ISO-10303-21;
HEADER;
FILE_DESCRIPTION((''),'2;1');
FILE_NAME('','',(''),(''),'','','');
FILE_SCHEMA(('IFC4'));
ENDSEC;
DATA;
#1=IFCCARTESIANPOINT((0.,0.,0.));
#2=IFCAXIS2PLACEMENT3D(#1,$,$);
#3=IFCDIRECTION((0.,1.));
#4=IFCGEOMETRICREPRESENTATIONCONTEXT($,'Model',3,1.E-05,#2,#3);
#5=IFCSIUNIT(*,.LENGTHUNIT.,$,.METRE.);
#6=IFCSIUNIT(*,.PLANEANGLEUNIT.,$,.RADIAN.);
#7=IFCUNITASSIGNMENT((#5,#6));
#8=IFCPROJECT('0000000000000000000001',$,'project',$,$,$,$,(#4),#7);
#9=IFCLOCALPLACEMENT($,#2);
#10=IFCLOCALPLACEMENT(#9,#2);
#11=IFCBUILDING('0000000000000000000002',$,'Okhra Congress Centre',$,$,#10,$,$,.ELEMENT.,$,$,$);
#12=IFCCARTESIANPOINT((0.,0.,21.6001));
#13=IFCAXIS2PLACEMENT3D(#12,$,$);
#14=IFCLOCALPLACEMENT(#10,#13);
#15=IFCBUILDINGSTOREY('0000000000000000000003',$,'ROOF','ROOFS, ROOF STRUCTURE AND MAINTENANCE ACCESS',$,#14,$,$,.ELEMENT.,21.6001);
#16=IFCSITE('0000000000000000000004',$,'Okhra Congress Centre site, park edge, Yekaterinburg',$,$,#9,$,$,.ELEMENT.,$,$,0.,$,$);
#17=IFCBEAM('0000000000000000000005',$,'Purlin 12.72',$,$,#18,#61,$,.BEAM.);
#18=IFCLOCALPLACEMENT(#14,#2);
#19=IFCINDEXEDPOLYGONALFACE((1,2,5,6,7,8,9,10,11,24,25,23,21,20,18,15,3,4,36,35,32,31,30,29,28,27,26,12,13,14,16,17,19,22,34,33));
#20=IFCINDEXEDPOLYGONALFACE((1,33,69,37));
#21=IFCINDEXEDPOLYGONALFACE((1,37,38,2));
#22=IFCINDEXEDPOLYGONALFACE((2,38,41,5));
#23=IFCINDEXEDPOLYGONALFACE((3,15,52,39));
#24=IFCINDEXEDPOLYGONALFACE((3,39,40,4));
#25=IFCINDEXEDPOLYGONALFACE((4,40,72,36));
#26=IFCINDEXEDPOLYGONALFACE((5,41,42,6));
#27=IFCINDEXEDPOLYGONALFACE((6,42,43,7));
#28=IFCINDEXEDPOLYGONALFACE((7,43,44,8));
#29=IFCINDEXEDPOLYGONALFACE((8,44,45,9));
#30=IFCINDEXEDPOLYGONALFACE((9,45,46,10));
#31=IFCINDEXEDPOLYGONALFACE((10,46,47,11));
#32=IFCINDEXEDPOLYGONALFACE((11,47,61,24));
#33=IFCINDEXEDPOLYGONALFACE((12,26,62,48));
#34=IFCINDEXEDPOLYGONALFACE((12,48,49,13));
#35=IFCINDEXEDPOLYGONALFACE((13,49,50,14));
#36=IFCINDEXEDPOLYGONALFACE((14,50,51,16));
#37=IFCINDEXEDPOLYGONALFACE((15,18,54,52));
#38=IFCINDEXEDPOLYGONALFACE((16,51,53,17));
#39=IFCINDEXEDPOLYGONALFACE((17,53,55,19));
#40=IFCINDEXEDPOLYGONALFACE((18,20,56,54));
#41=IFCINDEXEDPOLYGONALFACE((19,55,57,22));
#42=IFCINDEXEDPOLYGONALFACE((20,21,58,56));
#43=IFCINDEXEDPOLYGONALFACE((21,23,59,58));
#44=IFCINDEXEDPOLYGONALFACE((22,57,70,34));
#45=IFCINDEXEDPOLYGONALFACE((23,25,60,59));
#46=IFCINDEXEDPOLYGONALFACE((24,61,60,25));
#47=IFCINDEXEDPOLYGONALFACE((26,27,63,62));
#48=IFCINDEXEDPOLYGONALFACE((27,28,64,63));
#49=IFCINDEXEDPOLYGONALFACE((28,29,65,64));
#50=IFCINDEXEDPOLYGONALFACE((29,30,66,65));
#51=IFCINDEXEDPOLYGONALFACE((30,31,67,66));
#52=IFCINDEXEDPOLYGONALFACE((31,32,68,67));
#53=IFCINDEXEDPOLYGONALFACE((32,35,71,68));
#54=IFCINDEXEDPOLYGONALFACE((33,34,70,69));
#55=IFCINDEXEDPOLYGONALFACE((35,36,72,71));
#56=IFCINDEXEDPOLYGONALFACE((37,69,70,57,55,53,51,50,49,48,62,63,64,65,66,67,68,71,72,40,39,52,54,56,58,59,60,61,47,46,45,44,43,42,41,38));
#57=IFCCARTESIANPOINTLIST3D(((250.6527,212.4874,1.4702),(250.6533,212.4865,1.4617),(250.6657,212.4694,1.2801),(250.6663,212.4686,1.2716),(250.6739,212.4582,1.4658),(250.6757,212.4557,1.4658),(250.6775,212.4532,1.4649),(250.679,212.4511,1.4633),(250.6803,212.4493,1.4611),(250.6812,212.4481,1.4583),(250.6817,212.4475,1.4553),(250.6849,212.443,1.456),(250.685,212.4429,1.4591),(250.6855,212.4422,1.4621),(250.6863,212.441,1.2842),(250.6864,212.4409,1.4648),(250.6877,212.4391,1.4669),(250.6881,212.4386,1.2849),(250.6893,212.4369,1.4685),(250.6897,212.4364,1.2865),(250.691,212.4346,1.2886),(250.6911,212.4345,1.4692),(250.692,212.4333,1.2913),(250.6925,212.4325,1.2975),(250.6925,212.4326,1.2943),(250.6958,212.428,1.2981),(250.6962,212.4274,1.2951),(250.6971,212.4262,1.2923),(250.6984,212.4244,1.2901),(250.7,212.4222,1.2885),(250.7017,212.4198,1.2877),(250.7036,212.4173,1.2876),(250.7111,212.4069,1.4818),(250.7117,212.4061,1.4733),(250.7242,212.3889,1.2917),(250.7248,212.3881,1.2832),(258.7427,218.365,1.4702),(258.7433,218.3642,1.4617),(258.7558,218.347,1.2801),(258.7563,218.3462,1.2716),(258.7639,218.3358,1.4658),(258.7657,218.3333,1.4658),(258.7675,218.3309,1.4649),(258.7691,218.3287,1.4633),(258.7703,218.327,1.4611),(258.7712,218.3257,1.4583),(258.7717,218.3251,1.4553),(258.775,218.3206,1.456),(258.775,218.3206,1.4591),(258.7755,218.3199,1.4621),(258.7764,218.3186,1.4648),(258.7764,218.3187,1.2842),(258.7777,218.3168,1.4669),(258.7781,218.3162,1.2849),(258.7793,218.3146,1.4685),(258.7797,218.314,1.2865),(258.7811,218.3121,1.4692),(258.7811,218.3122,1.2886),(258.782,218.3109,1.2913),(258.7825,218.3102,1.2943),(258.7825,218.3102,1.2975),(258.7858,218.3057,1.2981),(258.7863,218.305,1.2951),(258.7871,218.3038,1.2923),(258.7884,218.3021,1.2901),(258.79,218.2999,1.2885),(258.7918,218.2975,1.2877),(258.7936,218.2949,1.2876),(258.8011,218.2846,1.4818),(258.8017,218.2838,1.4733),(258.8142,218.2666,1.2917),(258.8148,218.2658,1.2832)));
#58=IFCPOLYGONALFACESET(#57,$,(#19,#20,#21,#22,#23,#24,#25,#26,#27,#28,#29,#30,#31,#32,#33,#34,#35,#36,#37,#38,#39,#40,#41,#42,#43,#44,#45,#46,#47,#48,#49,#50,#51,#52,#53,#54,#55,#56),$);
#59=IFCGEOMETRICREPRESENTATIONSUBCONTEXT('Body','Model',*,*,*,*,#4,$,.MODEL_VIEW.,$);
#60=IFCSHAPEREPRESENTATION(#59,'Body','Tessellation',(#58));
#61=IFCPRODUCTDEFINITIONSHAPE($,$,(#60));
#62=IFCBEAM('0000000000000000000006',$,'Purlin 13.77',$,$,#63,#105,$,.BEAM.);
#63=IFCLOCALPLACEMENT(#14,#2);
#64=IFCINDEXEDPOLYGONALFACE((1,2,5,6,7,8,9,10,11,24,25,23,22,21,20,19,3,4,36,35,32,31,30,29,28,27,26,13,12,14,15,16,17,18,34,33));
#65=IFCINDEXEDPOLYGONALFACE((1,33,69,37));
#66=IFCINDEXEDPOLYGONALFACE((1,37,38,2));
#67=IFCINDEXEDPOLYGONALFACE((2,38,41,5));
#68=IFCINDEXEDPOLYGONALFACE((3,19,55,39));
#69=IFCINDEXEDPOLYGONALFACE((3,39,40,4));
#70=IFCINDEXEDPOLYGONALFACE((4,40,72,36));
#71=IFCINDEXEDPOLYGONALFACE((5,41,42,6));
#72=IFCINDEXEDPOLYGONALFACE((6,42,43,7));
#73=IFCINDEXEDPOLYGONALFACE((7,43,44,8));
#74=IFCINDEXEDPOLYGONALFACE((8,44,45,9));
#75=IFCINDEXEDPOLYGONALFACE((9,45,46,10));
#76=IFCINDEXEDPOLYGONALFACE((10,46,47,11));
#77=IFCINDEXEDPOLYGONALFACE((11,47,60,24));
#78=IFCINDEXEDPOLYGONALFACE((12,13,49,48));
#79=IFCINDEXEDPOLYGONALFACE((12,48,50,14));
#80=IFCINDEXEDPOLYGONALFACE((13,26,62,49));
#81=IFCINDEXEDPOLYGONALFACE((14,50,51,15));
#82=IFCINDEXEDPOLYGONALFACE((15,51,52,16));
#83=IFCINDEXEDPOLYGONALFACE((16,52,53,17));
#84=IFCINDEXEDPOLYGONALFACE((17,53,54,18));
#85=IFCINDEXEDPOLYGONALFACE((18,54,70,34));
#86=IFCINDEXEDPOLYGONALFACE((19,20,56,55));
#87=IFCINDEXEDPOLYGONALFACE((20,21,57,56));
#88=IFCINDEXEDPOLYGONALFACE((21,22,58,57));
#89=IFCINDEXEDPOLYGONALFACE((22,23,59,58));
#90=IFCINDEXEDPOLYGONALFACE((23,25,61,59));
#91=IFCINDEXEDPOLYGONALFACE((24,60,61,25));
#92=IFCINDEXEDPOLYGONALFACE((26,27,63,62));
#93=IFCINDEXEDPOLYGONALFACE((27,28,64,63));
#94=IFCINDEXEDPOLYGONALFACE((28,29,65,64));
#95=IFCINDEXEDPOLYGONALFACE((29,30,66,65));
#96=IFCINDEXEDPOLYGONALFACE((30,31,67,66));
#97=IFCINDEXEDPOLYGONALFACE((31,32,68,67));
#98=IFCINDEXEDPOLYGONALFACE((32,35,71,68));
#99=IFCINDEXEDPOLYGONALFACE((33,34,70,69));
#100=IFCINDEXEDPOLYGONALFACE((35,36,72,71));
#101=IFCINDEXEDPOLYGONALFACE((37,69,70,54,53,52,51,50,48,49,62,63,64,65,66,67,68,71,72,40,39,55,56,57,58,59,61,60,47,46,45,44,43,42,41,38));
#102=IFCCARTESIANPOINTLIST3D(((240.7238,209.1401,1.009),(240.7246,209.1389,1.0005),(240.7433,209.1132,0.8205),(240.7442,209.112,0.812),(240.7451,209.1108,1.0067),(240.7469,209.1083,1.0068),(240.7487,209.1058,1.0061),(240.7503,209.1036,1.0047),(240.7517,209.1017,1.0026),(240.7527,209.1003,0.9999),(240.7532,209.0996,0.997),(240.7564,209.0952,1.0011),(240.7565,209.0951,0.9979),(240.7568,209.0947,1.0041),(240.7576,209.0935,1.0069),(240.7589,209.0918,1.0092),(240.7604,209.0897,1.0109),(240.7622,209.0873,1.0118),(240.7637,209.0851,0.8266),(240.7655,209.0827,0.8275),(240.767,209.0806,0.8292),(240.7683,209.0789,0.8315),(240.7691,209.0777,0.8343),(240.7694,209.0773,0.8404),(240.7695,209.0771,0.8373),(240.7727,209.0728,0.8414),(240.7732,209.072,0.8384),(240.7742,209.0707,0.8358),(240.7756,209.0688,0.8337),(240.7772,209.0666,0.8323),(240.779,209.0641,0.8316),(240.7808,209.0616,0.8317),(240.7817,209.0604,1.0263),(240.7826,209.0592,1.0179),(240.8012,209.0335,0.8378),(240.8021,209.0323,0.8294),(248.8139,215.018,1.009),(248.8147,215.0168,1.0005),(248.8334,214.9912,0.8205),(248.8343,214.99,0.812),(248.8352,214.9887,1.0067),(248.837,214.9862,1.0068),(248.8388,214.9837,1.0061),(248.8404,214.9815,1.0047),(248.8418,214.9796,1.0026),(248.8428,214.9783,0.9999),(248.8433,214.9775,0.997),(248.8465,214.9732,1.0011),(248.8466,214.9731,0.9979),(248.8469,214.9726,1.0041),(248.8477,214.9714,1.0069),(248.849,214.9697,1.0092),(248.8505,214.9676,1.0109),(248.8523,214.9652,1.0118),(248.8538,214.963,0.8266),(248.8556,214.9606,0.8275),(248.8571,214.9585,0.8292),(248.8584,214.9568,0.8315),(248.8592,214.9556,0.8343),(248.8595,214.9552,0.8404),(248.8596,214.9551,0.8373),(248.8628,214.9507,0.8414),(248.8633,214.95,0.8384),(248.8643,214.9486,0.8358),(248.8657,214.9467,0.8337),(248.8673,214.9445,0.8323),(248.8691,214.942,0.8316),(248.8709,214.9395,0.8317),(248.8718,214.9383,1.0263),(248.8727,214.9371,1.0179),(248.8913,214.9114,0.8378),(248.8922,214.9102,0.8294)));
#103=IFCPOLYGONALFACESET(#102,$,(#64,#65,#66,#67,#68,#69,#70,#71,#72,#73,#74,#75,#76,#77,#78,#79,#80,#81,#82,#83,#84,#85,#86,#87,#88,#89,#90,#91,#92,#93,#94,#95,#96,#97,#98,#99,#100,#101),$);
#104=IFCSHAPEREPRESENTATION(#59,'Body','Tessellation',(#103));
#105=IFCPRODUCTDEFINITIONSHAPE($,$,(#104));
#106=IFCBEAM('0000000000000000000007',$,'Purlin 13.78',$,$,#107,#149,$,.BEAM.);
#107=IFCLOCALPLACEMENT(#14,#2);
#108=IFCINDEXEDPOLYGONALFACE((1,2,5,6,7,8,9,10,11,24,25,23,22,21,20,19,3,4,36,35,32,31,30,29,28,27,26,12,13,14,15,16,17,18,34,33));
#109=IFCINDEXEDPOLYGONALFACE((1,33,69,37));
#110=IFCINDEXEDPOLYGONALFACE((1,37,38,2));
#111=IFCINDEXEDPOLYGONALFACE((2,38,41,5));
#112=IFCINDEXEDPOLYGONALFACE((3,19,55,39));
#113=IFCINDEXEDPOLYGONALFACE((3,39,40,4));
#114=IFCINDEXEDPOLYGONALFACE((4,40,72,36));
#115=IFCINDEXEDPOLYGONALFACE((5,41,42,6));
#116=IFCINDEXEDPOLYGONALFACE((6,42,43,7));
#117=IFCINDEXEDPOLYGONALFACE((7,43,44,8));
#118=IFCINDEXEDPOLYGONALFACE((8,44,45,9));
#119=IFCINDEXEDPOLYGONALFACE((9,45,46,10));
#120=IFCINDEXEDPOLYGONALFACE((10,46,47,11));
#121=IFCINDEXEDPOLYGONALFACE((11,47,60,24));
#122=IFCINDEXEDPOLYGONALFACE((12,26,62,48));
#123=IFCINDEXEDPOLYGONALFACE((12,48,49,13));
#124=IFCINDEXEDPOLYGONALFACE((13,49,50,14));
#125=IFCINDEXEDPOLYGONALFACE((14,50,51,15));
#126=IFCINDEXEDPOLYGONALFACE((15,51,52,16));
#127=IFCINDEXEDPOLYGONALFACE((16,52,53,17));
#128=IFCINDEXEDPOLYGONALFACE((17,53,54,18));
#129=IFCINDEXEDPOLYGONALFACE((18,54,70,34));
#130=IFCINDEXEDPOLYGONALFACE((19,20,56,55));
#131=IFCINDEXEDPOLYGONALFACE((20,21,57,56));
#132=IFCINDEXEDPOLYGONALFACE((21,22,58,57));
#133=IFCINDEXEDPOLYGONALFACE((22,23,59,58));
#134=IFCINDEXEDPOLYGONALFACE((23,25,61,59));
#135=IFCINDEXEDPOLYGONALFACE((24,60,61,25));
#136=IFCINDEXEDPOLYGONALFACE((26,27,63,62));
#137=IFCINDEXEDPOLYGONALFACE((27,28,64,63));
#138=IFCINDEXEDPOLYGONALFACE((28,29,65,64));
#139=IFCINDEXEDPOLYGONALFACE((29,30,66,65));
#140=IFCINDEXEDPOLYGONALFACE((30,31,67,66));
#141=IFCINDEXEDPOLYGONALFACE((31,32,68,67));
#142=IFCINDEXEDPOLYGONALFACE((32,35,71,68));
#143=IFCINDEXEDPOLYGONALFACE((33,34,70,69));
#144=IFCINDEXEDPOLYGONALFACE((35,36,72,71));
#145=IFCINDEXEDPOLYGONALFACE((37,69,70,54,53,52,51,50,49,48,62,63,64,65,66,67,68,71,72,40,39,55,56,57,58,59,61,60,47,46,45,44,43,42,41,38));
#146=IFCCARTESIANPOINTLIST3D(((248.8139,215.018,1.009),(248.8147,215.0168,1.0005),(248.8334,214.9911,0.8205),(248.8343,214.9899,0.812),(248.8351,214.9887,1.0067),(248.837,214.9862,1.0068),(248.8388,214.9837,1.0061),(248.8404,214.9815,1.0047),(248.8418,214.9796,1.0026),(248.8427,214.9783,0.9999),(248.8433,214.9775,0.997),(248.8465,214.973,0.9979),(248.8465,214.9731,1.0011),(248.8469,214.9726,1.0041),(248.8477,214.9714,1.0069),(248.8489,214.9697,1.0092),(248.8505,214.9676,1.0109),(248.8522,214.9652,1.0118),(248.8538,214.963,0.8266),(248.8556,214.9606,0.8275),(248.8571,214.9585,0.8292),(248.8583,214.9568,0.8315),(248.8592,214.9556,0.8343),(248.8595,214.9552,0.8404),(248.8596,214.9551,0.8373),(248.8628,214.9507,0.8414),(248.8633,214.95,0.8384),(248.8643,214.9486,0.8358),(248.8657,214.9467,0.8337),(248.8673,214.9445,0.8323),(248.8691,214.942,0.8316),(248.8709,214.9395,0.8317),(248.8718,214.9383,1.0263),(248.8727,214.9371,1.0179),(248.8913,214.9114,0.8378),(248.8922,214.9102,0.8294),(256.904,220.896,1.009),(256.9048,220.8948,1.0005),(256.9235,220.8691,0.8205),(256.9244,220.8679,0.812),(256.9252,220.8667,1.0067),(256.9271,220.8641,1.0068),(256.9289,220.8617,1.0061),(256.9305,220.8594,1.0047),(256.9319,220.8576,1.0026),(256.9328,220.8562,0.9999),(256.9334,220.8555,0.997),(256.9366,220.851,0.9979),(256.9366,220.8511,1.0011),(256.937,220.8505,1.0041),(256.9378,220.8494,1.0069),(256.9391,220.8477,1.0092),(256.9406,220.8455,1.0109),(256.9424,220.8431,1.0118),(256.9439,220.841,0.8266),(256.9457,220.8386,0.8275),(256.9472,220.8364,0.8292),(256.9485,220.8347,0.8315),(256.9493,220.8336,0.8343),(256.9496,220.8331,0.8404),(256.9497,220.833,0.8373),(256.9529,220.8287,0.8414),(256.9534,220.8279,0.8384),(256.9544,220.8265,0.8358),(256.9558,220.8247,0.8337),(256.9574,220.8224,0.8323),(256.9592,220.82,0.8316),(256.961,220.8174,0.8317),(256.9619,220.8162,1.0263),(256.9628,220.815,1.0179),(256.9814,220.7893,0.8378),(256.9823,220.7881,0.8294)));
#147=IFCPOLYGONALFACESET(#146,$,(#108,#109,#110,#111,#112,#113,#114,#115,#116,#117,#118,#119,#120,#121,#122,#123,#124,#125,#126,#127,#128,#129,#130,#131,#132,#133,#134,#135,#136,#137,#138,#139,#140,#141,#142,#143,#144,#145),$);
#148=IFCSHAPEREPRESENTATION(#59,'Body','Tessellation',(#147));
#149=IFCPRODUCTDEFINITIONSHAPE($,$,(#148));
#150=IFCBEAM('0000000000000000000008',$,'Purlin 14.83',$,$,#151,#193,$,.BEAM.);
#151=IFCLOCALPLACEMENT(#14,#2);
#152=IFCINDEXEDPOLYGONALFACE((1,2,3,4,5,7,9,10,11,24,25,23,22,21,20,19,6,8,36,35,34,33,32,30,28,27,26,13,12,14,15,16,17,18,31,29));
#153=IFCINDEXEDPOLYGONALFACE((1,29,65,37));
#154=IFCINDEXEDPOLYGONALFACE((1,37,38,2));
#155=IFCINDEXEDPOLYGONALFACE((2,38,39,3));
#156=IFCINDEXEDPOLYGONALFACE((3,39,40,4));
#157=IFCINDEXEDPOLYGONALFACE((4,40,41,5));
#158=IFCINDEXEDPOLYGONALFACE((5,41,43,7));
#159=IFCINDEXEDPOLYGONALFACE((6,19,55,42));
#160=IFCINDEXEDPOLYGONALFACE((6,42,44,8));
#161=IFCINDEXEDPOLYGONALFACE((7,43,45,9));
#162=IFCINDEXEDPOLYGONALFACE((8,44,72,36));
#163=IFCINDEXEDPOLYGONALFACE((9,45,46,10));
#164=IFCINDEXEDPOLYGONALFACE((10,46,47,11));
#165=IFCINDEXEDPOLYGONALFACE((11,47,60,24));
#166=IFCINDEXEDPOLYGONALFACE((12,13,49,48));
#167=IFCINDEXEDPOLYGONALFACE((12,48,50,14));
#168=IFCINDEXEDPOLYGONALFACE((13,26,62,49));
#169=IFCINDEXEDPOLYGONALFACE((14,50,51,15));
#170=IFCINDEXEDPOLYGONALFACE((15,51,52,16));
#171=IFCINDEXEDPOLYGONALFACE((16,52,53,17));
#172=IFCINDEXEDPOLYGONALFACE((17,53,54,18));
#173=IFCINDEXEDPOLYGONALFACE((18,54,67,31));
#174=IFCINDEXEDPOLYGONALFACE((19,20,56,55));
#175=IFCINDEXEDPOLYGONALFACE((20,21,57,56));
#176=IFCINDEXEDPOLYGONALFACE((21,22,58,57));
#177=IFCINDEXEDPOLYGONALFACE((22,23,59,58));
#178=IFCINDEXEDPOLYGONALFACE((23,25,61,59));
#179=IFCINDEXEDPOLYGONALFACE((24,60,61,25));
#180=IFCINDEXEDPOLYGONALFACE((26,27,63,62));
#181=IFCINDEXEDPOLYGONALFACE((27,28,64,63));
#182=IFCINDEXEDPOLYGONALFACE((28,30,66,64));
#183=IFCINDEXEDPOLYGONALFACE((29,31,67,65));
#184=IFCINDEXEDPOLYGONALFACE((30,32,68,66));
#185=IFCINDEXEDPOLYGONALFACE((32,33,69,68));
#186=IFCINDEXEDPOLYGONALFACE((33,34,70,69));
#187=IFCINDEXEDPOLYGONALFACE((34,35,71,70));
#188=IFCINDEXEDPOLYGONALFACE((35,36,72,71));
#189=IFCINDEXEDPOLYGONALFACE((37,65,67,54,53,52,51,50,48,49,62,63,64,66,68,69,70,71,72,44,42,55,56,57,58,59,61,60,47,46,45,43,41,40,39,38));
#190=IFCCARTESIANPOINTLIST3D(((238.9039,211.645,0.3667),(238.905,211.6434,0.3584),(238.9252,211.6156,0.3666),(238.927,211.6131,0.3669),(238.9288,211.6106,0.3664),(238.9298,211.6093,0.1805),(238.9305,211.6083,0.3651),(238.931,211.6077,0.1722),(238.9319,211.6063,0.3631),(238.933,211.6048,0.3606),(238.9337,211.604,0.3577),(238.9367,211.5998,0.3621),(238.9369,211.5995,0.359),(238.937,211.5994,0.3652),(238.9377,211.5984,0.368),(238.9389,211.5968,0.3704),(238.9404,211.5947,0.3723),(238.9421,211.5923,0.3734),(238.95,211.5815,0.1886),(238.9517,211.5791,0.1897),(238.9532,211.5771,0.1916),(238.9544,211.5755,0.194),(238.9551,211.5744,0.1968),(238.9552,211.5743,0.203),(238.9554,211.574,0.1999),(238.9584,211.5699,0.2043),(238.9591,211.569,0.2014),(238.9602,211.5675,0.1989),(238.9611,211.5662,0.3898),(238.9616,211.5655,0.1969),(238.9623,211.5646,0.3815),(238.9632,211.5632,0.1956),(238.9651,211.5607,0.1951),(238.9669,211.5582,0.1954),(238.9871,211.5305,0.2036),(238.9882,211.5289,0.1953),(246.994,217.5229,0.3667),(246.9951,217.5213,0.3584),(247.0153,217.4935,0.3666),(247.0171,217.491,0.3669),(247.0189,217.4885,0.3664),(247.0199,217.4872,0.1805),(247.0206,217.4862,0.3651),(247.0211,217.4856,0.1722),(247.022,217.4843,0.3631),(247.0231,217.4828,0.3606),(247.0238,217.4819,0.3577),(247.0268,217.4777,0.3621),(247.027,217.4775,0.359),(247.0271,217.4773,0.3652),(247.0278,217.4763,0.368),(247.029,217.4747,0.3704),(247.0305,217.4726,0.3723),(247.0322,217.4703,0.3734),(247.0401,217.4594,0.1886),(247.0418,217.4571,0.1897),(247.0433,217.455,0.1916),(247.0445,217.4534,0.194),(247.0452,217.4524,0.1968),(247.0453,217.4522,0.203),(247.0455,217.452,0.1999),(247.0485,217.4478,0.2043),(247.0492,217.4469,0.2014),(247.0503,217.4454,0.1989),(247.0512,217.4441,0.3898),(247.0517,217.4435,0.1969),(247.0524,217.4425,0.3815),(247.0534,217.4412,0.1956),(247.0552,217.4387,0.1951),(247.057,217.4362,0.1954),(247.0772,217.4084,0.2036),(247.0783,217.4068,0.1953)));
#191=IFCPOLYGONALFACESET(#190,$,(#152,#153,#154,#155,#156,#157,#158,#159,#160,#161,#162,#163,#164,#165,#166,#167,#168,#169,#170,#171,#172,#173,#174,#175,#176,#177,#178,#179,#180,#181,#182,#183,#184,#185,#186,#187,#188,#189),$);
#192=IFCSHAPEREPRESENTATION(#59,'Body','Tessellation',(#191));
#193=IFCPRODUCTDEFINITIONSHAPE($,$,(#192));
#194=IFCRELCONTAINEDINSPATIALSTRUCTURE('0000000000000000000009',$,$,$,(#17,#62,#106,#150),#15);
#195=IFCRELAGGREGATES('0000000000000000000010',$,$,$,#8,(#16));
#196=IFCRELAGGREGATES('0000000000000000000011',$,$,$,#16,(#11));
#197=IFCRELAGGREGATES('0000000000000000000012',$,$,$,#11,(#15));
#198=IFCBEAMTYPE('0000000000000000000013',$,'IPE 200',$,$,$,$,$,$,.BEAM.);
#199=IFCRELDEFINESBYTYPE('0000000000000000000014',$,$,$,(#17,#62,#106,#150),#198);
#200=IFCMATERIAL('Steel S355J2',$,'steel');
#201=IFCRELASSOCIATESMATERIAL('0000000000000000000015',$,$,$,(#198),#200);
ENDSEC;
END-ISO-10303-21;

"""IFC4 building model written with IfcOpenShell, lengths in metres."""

from ifc_helpers import new_model, si_unit, direction, frame, origin, origin_2d, place, context, subcontext, project, spatial, i_section, extrude, material, material_profile, profile_set, type_object, element, save


model = new_model("IFC4")

# Units and contexts
model_context = context("Model", 3, precision=1e-05, world=origin(), true_north=direction((0.0, 1.0)))
body_context = subcontext(model_context, "Body", "Model", "MODEL_VIEW")
ifc_project = project(units=[si_unit("LENGTHUNIT", "METRE"), si_unit("PLANEANGLEUNIT", "RADIAN")], contexts=[model_context])

# Site, building, storey
site_placement = place(None, origin())
site = spatial("IfcSite", under=ifc_project, at=site_placement, Name="Okhra Congress Centre site, park edge, Yekaterinburg", CompositionType="ELEMENT", RefElevation=0.0)
building_placement = place(site_placement, origin())
building = spatial("IfcBuilding", under=site, at=building_placement, Name="Okhra Congress Centre", CompositionType="ELEMENT")
storey_placement = place(building_placement, frame((0.0, 0.0, 21.6001)))
storey = spatial("IfcBuildingStorey", under=building, at=storey_placement, Name="ROOF", Description="ROOFS, ROOF STRUCTURE AND MAINTENANCE ACCESS", CompositionType="ELEMENT", Elevation=21.6001)

# Beams
ifc_material_1 = material(Name="Steel S355J2", Category="steel")
ifc_material_profile_1 = material_profile(ifc_material_1, i_section(OverallWidth=0.1001, OverallDepth=0.2, WebThickness=0.0056, FlangeThickness=0.0085, FilletRadius=0.012, at=origin_2d()), Name="IPE 200")
ifc_profile_set_1 = profile_set([ifc_material_profile_1], Name="Steel S355J2")
beam_type_1 = type_object("IfcBeamType", Name="IPE 200", PredefinedType="BEAM", material=ifc_profile_set_1)
beam_1_placement = place(storey_placement, frame((250.6887, 212.4377, 1.3767), z_axis=(0.809022, 0.587778, 0.0), x_axis=(-0.583804, 0.803552, -0.116093)))
element("IfcBeam", 1, at=beam_1_placement, inside=storey, type_object=beam_type_1, Name="Purlin 12.72", PredefinedType="BEAM", context=body_context, shape_type="SweptSolid", body=[
    extrude(i_section(OverallWidth=0.1001, OverallDepth=0.2, WebThickness=0.0056, FlangeThickness=0.0085, FilletRadius=0.012, at=origin_2d()), origin(), (0.0, 0.0, 1.0), 9.9998),
])
for number, where, z_axis, x_axis, name in (
    (2, (240.7629, 209.0862, 0.9192), (0.80901, 0.587794, 0.0), (-0.578864, 0.79672, -0.173648), "Purlin 13.77"),
    (3, (248.853, 214.9641, 0.9192), (0.80901, 0.587794, 0.0), (-0.578864, 0.79672, -0.173648), "Purlin 13.78"),
    (4, (238.946, 211.5869, 0.281), (0.80901, 0.587794, 0.0), (-0.57195, 0.787204, -0.230616), "Purlin 14.83"),
):
    element("IfcBeam", number, at=place(storey_placement, frame(where, z_axis=z_axis, x_axis=x_axis)), inside=storey, type_object=beam_type_1, Name=name, PredefinedType="BEAM", context=body_context, shape_type="SweptSolid", body=[
        extrude(i_section(OverallWidth=0.1001, OverallDepth=0.2, WebThickness=0.0056, FlangeThickness=0.0085, FilletRadius=0.012, at=origin_2d()), origin(), (0.0, 0.0, 1.0), 10.0),
    ])

save(model, "model.ifc")
